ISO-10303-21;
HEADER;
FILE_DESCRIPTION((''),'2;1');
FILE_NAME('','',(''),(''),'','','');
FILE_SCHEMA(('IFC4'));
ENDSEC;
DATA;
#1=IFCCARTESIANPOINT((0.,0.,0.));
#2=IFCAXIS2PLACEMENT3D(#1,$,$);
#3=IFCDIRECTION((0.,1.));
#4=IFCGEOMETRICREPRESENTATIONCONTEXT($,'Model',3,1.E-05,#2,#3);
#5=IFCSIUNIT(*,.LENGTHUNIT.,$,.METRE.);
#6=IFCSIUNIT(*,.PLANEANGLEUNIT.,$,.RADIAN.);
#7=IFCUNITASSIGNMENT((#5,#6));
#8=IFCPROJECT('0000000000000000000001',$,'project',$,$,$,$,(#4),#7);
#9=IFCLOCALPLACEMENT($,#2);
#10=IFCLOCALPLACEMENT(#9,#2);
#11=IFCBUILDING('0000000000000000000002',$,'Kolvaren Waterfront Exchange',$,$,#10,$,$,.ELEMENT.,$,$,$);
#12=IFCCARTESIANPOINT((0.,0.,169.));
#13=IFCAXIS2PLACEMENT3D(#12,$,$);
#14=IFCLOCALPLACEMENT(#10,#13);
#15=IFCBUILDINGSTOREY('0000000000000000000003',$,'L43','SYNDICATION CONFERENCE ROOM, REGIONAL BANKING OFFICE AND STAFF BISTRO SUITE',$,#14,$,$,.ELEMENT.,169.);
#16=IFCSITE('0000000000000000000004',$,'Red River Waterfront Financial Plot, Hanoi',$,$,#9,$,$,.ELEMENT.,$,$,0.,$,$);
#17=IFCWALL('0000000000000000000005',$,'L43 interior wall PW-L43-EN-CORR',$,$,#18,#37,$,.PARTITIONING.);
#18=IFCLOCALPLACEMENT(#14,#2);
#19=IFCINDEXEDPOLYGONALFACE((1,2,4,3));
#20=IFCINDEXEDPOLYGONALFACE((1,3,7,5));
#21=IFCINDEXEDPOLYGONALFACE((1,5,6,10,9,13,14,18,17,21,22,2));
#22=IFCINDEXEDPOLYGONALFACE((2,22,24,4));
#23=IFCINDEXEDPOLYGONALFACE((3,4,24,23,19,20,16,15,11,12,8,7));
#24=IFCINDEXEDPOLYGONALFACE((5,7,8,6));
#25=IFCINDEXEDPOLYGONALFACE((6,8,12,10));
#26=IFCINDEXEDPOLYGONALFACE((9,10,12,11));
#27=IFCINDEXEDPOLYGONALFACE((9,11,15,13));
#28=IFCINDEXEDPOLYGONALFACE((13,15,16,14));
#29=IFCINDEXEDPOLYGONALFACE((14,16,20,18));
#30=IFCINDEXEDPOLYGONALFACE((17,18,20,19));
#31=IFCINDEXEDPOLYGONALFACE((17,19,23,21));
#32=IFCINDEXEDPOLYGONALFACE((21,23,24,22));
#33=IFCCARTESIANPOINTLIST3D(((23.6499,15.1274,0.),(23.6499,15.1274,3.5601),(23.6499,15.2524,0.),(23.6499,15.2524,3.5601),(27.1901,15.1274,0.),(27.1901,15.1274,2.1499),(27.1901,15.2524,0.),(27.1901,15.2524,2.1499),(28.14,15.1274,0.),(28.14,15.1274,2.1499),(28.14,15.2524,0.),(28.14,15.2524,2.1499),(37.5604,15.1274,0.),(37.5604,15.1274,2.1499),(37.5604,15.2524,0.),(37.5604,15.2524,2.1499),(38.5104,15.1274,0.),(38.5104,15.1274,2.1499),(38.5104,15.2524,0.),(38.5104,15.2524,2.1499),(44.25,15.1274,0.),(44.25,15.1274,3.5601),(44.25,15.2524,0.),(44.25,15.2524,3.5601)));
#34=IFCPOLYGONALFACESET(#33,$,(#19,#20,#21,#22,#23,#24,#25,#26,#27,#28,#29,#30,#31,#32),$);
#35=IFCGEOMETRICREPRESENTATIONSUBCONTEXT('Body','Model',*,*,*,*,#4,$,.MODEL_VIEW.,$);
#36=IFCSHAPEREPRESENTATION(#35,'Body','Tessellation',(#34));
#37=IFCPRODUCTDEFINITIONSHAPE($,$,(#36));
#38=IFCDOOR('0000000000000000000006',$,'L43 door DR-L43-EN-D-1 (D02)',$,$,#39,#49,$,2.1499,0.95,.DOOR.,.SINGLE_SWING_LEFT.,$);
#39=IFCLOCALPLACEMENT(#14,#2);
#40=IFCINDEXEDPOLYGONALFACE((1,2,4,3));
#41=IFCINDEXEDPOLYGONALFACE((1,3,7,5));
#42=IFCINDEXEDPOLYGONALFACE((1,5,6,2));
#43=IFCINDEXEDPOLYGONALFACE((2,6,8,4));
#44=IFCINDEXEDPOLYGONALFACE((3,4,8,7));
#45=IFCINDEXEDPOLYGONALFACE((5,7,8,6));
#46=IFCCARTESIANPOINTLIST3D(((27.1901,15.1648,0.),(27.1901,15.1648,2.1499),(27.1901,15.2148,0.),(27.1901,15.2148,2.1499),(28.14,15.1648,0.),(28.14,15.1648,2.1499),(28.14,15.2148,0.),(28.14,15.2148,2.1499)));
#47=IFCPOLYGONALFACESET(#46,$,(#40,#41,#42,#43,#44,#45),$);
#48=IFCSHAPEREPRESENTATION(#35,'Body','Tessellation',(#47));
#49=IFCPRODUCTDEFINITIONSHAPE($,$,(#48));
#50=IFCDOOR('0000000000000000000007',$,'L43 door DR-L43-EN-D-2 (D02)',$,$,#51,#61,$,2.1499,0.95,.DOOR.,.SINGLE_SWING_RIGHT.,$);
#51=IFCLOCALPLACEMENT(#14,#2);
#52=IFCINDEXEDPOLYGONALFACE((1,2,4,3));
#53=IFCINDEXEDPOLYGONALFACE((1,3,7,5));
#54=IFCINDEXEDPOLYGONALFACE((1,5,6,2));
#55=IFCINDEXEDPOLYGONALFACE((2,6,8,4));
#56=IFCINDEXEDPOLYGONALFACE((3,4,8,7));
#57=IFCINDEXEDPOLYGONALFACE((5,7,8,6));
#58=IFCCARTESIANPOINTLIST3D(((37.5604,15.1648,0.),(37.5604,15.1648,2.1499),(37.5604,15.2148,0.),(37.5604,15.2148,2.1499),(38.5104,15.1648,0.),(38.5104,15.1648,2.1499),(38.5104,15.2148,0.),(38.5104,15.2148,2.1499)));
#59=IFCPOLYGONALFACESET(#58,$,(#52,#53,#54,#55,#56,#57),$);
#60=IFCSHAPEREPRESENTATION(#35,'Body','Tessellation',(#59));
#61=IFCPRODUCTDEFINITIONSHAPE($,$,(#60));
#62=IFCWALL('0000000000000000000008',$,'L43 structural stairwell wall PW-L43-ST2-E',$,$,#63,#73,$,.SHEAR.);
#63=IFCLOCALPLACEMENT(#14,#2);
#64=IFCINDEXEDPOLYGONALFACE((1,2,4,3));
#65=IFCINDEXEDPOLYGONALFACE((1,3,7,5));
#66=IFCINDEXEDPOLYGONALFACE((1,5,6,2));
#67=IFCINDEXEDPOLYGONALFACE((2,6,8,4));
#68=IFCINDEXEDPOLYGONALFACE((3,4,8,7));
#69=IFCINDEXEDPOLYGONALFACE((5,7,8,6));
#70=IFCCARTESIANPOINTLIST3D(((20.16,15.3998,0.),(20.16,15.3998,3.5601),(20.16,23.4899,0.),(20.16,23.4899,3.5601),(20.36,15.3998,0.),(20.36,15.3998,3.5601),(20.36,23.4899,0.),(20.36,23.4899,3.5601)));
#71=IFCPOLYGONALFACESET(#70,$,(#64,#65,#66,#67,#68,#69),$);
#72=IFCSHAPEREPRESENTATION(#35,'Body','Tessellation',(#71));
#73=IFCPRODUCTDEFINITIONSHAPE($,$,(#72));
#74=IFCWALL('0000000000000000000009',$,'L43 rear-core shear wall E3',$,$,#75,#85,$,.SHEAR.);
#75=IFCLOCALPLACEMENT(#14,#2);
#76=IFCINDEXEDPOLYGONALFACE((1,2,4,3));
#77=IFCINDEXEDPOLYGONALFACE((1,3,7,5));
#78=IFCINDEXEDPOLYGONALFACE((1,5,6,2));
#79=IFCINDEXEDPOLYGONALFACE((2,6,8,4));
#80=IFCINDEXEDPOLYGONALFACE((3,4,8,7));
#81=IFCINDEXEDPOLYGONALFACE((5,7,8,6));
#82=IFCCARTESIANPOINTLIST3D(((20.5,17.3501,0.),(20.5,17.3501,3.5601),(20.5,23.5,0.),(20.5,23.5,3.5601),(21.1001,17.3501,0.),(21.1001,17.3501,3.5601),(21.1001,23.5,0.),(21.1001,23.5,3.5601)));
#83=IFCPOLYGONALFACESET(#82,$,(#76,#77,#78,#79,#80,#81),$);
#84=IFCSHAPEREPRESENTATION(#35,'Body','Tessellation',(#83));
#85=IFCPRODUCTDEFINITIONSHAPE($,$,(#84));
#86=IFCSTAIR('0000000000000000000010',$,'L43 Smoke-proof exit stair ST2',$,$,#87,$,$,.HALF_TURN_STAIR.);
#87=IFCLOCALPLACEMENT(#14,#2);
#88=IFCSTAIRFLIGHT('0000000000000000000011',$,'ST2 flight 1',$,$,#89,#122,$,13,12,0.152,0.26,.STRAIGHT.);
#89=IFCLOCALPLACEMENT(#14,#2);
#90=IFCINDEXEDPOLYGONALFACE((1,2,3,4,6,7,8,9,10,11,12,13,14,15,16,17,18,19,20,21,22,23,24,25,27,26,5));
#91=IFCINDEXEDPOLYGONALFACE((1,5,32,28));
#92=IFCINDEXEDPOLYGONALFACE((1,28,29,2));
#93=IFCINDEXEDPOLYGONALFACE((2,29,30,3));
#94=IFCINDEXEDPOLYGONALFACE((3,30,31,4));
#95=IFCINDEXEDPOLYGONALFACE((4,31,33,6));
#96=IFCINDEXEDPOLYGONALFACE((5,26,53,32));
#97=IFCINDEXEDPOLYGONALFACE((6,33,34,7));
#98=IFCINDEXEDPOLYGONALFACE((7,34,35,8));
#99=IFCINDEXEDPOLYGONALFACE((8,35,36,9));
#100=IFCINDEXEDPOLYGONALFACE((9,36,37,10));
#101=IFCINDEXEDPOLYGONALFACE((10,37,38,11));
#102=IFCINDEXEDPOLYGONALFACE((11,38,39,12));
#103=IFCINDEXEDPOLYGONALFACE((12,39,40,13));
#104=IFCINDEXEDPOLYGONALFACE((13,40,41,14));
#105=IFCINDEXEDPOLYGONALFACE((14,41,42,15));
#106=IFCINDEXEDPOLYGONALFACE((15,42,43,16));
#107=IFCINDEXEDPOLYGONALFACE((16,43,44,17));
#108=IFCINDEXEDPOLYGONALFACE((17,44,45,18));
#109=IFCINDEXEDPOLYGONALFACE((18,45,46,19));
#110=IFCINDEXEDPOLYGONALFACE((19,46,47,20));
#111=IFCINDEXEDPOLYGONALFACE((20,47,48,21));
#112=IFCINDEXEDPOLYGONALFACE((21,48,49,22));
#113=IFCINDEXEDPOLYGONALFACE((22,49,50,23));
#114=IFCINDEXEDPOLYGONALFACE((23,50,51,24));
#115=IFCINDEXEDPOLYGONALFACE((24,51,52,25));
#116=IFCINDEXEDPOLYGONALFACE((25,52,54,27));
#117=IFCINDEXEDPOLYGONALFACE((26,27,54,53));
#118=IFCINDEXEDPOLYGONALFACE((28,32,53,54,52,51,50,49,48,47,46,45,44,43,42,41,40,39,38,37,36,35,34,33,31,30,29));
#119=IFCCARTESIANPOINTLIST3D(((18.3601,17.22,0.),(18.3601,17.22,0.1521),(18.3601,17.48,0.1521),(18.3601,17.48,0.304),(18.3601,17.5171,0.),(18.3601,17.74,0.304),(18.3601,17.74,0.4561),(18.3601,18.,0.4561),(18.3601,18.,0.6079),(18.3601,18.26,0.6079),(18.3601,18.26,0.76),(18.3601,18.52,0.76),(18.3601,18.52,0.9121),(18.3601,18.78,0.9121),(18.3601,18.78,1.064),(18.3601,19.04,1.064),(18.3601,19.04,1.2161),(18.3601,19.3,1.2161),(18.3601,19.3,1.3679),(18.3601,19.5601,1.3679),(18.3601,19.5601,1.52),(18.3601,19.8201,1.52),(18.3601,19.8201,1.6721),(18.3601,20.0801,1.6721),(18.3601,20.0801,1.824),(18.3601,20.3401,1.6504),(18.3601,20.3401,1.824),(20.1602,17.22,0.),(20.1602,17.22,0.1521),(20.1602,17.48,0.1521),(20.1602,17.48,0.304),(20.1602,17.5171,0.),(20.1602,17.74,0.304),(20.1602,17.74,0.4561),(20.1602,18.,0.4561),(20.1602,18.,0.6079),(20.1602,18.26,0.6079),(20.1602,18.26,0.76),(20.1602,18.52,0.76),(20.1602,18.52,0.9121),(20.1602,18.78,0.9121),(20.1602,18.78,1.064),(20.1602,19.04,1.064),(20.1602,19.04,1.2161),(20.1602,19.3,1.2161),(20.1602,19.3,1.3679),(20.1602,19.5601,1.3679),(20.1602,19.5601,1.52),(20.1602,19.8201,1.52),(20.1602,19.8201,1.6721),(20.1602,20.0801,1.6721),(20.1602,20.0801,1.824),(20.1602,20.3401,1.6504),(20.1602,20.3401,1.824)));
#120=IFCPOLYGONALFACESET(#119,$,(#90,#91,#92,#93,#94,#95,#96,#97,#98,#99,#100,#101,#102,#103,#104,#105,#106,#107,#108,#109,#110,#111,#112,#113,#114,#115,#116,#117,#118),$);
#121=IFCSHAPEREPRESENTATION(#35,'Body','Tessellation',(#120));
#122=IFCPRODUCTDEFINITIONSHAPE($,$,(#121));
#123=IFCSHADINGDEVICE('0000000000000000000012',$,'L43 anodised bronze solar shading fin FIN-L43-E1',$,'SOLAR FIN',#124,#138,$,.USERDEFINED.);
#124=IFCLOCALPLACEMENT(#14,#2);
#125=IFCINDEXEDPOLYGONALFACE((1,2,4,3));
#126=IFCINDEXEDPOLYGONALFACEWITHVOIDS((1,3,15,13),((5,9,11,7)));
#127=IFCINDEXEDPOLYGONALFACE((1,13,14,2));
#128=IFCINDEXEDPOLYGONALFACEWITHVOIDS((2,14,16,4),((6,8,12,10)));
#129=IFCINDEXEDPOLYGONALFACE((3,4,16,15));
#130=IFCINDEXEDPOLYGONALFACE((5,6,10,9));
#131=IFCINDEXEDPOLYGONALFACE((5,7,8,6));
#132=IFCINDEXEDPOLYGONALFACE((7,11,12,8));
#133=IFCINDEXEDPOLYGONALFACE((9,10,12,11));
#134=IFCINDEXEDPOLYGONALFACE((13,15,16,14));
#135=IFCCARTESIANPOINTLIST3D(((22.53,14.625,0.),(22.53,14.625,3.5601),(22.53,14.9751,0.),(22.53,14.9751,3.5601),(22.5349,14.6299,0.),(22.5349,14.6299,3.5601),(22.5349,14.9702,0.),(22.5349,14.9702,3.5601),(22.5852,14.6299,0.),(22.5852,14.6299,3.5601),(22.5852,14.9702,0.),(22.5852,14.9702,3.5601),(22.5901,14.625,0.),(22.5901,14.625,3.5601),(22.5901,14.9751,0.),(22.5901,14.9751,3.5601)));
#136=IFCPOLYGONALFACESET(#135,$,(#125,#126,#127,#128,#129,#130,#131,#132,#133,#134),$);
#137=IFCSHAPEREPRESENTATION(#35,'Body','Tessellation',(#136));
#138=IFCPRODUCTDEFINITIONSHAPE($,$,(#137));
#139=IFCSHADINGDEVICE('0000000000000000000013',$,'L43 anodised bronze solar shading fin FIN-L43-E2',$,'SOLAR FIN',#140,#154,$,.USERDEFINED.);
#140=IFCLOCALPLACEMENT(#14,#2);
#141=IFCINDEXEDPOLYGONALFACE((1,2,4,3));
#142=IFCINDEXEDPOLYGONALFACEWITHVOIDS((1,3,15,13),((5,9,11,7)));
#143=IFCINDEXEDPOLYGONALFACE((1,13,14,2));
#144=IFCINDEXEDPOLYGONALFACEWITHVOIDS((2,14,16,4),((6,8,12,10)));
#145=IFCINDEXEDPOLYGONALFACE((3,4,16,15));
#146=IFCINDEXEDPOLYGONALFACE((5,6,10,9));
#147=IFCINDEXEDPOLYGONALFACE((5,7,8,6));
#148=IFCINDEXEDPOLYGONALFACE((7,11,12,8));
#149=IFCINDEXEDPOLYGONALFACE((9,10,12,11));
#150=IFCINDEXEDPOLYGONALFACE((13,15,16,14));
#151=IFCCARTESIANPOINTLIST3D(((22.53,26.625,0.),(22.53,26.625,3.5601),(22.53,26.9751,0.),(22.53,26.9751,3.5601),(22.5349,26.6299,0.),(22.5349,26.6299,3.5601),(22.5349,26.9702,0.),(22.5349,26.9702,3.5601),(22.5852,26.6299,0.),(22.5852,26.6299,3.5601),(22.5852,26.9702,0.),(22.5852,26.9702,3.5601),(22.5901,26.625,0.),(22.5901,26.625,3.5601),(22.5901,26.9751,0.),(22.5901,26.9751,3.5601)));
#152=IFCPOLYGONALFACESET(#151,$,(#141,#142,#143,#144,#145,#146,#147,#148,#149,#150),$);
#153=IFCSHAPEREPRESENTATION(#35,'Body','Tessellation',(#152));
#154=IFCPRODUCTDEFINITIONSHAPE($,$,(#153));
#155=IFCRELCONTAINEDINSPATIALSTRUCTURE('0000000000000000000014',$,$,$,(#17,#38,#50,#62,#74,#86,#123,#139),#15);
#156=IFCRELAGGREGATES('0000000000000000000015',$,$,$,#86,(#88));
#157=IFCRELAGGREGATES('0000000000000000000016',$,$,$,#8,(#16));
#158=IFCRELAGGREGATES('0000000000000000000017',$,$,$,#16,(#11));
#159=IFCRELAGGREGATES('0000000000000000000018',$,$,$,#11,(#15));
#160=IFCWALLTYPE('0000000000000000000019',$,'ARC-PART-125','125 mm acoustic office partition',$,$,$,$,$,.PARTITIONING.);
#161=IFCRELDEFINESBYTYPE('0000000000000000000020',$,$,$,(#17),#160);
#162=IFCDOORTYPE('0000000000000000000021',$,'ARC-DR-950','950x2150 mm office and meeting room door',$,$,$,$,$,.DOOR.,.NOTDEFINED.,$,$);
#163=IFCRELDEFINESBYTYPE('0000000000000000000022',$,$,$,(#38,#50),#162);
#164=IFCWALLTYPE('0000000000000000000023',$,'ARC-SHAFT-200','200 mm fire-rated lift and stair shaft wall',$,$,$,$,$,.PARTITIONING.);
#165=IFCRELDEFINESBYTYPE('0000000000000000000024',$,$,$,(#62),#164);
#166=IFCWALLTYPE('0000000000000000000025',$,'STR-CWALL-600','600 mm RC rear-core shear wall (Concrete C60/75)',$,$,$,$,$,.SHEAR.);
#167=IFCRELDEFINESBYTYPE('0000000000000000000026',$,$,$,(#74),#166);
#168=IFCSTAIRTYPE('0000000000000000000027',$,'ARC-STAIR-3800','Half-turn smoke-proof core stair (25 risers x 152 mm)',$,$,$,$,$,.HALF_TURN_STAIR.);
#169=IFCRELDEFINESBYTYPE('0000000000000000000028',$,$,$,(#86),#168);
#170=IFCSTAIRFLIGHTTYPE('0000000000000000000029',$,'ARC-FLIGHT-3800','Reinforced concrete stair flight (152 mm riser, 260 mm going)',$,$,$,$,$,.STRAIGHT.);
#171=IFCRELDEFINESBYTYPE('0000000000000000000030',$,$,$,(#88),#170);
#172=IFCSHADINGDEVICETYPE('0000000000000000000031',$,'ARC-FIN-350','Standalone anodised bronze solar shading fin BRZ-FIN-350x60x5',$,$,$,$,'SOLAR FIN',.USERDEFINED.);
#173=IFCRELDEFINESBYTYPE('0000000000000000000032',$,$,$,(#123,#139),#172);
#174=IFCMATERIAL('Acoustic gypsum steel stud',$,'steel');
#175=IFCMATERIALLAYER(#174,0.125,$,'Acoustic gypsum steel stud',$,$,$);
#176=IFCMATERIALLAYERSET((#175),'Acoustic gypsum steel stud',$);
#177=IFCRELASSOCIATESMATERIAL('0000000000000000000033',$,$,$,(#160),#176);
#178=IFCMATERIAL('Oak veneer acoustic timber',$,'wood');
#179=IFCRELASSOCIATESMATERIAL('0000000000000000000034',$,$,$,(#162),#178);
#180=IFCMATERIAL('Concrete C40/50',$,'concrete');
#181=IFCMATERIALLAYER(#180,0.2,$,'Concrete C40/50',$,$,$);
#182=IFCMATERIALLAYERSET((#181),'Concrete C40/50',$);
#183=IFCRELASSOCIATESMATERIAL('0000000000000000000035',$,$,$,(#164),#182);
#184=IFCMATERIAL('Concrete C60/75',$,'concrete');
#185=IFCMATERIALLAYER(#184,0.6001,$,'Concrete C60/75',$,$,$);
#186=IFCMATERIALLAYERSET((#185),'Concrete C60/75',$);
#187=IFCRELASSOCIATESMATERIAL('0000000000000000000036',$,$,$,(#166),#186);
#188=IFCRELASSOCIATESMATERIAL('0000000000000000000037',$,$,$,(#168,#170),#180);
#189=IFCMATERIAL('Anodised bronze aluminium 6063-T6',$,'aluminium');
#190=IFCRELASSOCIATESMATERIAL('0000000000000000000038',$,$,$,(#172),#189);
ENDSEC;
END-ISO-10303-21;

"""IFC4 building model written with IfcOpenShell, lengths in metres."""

from ifc_helpers import new_model, si_unit, direction, frame, frame_2d, origin, origin_2d, place, context, subcontext, project, spatial, polyline, rectangle, hollow_rectangle, outline, extrude, material, layer, layer_set, material_profile, profile_set, type_object, element, fill, aggregate, save


model = new_model("IFC4")

# Units and contexts
model_context = context("Model", 3, precision=1e-05, world=origin(), true_north=direction((0.0, 1.0)))
body_context = subcontext(model_context, "Body", "Model", "MODEL_VIEW")
ifc_project = project(units=[si_unit("LENGTHUNIT", "METRE"), si_unit("PLANEANGLEUNIT", "RADIAN")], contexts=[model_context])

# Site, building, storey
site_placement = place(None, origin())
site = spatial("IfcSite", under=ifc_project, at=site_placement, Name="Red River Waterfront Financial Plot, Hanoi", CompositionType="ELEMENT", RefElevation=0.0)
building_placement = place(site_placement, origin())
building = spatial("IfcBuilding", under=site, at=building_placement, Name="Kolvaren Waterfront Exchange", CompositionType="ELEMENT")
storey_placement = place(building_placement, frame((0.0, 0.0, 169.0)))
storey = spatial("IfcBuildingStorey", under=building, at=storey_placement, Name="L43", Description="SYNDICATION CONFERENCE ROOM, REGIONAL BANKING OFFICE AND STAFF BISTRO SUITE", CompositionType="ELEMENT", Elevation=169.0)

# Shared definitions
ifc_material_1 = material(Name="Concrete C60/75", Category="concrete")

# Shared definitions
ifc_material_2 = material(Name="Acoustic gypsum steel stud", Category="steel")
ifc_layer_1 = layer(ifc_material_2, 0.125, Name="Acoustic gypsum steel stud")
ifc_layer_set_1 = layer_set([ifc_layer_1], Name="Acoustic gypsum steel stud")
wall_type_1 = type_object("IfcWallType", Name="ARC-PART-125", Description="125 mm acoustic office partition", PredefinedType="PARTITIONING", material=ifc_layer_set_1)
ifc_material_3 = material(Name="Oak veneer acoustic timber", Category="wood")
door_type_1 = type_object("IfcDoorType", Name="ARC-DR-950", Description="950x2150 mm office and meeting room door", OperationType="NOTDEFINED", PredefinedType="DOOR", material=ifc_material_3)

# Wall, openings, doors
wall_1_placement = place(storey_placement, frame((23.6499, 15.1899, 0.0), z_axis=(0.0, 0.0, 1.0), x_axis=(1.0, 0.0, 0.0)))
wall_1 = element("IfcWall", 1, at=wall_1_placement, inside=storey, type_object=wall_type_1, Name="L43 interior wall PW-L43-EN-CORR", PredefinedType="PARTITIONING", context=body_context, shape_type="SweptSolid", body=[
    extrude(rectangle(XDim=20.6001, YDim=0.125, at=frame_2d((10.3, 0.0))), origin(), (0.0, 0.0, 1.0), 3.5601),
])
opening_1_placement = place(wall_1_placement, frame((3.54, 0.0, 0.0)))
opening_1 = element("IfcOpeningElement", 2, at=opening_1_placement, cuts=wall_1, PredefinedType="OPENING", context=body_context, shape_type="SweptSolid", body=[
    extrude(rectangle(XDim=0.95, YDim=2.1499, at=frame_2d((0.4751, 1.075))), frame((0.0, 0.0725, 0.0), z_axis=(0.0, -1.0, 0.0), x_axis=(1.0, 0.0, 0.0)), (0.0, 0.0, 1.0), 0.145),
])
opening_2_placement = place(wall_1_placement, frame((13.9104, 0.0, 0.0)))
opening_2 = element("IfcOpeningElement", 3, at=opening_2_placement, cuts=wall_1, PredefinedType="OPENING", context=body_context, shape_type="SweptSolid", body=[
    extrude(rectangle(XDim=0.95, YDim=2.1499, at=frame_2d((0.4751, 1.075))), frame((0.0, 0.0725, 0.0), z_axis=(0.0, -1.0, 0.0), x_axis=(1.0, 0.0, 0.0)), (0.0, 0.0, 1.0), 0.145),
])
door_1_placement = place(opening_1_placement, origin())
door_1 = element("IfcDoor", 4, at=door_1_placement, inside=storey, type_object=door_type_1, Name="L43 door DR-L43-EN-D-1 (D02)", OperationType="SINGLE_SWING_LEFT", OverallHeight=2.1499, OverallWidth=0.95, PredefinedType="DOOR", context=body_context, shape_type="SweptSolid", body=[
    extrude(rectangle(XDim=0.95, YDim=2.1499, at=frame_2d((0.4751, 1.075))), frame((0.0, 0.0249, 0.0), z_axis=(0.0, -1.0, 0.0), x_axis=(1.0, 0.0, 0.0)), (0.0, 0.0, 1.0), 0.05),
])
fill(opening_1, door_1)
door_2_placement = place(opening_2_placement, origin())
door_2 = element("IfcDoor", 5, at=door_2_placement, inside=storey, type_object=door_type_1, Name="L43 door DR-L43-EN-D-2 (D02)", OperationType="SINGLE_SWING_RIGHT", OverallHeight=2.1499, OverallWidth=0.95, PredefinedType="DOOR", context=body_context, shape_type="SweptSolid", body=[
    extrude(rectangle(XDim=0.95, YDim=2.1499, at=frame_2d((0.4751, 1.075))), frame((0.0, 0.0249, 0.0), z_axis=(0.0, -1.0, 0.0), x_axis=(1.0, 0.0, 0.0)), (0.0, 0.0, 1.0), 0.05),
])
fill(opening_2, door_2)

# Walls
ifc_material_4 = material(Name="Concrete C40/50", Category="concrete")
ifc_layer_2 = layer(ifc_material_4, 0.2, Name="Concrete C40/50")
ifc_layer_set_2 = layer_set([ifc_layer_2], Name="Concrete C40/50")
wall_type_2 = type_object("IfcWallType", Name="ARC-SHAFT-200", Description="200 mm fire-rated lift and stair shaft wall", PredefinedType="PARTITIONING", material=ifc_layer_set_2)
wall_2_placement = place(storey_placement, frame((20.26, 15.3999, 0.0), z_axis=(0.0, 0.0, 1.0), x_axis=(0.0, 1.0, 0.0)))
element("IfcWall", 6, at=wall_2_placement, inside=storey, type_object=wall_type_2, Name="L43 structural stairwell wall PW-L43-ST2-E", PredefinedType="SHEAR", context=body_context, shape_type="SweptSolid", body=[
    extrude(rectangle(XDim=8.0901, YDim=0.2, at=frame_2d((4.0449, 0.0))), origin(), (0.0, 0.0, 1.0), 3.5601),
])
ifc_layer_3 = layer(ifc_material_1, 0.6001, Name="Concrete C60/75")
ifc_layer_set_3 = layer_set([ifc_layer_3], Name="Concrete C60/75")
wall_type_3 = type_object("IfcWallType", Name="STR-CWALL-600", Description="600 mm RC rear-core shear wall (Concrete C60/75)", PredefinedType="SHEAR", material=ifc_layer_set_3)
wall_3_placement = place(storey_placement, frame((20.8, 17.3501, 0.0), z_axis=(0.0, 0.0, 1.0), x_axis=(0.0, 1.0, 0.0)))
element("IfcWall", 7, at=wall_3_placement, inside=storey, type_object=wall_type_3, Name="L43 rear-core shear wall E3", PredefinedType="SHEAR", context=body_context, shape_type="SweptSolid", body=[
    extrude(rectangle(XDim=6.1499, YDim=0.6001, at=frame_2d((3.075, 0.0))), origin(), (0.0, 0.0, 1.0), 3.5601),
])

# Stair, stair flight
stair_type = type_object("IfcStairType", Name="ARC-STAIR-3800", Description="Half-turn smoke-proof core stair (25 risers x 152 mm)", PredefinedType="HALF_TURN_STAIR", material=ifc_material_4)
stair_placement = place(storey_placement, origin())
stair = element("IfcStair", 8, at=stair_placement, inside=storey, type_object=stair_type, Name="L43 Smoke-proof exit stair ST2", PredefinedType="HALF_TURN_STAIR")
stair_flight_type = type_object("IfcStairFlightType", Name="ARC-FLIGHT-3800", Description="Reinforced concrete stair flight (152 mm riser, 260 mm going)", PredefinedType="STRAIGHT", material=ifc_material_4)
stair_flight_placement = place(storey_placement, frame((19.26, 17.22, 0.0), z_axis=(0.0, 0.0, 1.0), x_axis=(0.0, 1.0, 0.0)))
stair_flight = element("IfcStairFlight", 9, at=stair_flight_placement, type_object=stair_flight_type, Name="ST2 flight 1", NumberOfRisers=13, NumberOfTreads=12, PredefinedType="STRAIGHT", RiserHeight=0.152, TreadLength=0.26, context=body_context, shape_type="SweptSolid", body=[
    extrude(outline(polyline([(0.0, 0.0), (0.0, 0.1521), (0.26, 0.1521), (0.26, 0.304), (0.52, 0.304), (0.52, 0.4561), (0.78, 0.4561), (0.78, 0.6079), (1.04, 0.6079), (1.04, 0.76), (1.3, 0.76), (1.3, 0.9121), (1.5601, 0.9121), (1.5601, 1.064), (1.8201, 1.064), (1.8201, 1.2161), (2.0801, 1.2161), (2.0801, 1.3679), (2.3401, 1.3679), (2.3401, 1.52), (2.6001, 1.52), (2.6001, 1.6721), (2.8601, 1.6721), (2.8601, 1.824), (3.1201, 1.824), (3.1201, 1.9761), (3.1201, 1.6504), (0.2971, 0.0), (0.0, 0.0)])), frame((0.0, 0.8999, 0.0), z_axis=(0.0, -1.0, 0.0), x_axis=(1.0, 0.0, 0.0)), (0.0, 0.0, 1.0), 1.8),
])
aggregate(stair, [stair_flight])

# Shading devices
ifc_material_5 = material(Name="Anodised bronze aluminium 6063-T6", Category="aluminium")
ifc_material_profile_1 = material_profile(ifc_material_5, hollow_rectangle(XDim=0.0601, YDim=0.3501, WallThickness=0.0049, at=origin_2d()), Name="BRZ-FIN-350x60x5")
ifc_profile_set_1 = profile_set([ifc_material_profile_1], Name="Anodised bronze aluminium 6063-T6")
shading_device_type = type_object("IfcShadingDeviceType", Name="ARC-FIN-350", Description="Standalone anodised bronze solar shading fin BRZ-FIN-350x60x5", ElementType="SOLAR FIN", PredefinedType="USERDEFINED", material=ifc_profile_set_1)
for number, where, z_axis, x_axis, name in (
    (10, (22.5601, 14.8, 0.0), (0.0, 0.0, 1.0), (1.0, 0.0, 0.0), "L43 anodised bronze solar shading fin FIN-L43-E1"),
    (11, (22.5601, 26.8, 0.0), (0.0, 0.0, 1.0), (1.0, 0.0, 0.0), "L43 anodised bronze solar shading fin FIN-L43-E2"),
):
    element("IfcShadingDevice", number, at=place(storey_placement, frame(where, z_axis=z_axis, x_axis=x_axis)), inside=storey, type_object=shading_device_type, Name=name, ObjectType="SOLAR FIN", PredefinedType="USERDEFINED", context=body_context, shape_type="SweptSolid", body=[
        extrude(hollow_rectangle(XDim=0.0601, YDim=0.3501, WallThickness=0.0049, at=origin_2d()), origin(), (0.0, 0.0, 1.0), 3.5601),
    ])

save(model, "model.ifc")
